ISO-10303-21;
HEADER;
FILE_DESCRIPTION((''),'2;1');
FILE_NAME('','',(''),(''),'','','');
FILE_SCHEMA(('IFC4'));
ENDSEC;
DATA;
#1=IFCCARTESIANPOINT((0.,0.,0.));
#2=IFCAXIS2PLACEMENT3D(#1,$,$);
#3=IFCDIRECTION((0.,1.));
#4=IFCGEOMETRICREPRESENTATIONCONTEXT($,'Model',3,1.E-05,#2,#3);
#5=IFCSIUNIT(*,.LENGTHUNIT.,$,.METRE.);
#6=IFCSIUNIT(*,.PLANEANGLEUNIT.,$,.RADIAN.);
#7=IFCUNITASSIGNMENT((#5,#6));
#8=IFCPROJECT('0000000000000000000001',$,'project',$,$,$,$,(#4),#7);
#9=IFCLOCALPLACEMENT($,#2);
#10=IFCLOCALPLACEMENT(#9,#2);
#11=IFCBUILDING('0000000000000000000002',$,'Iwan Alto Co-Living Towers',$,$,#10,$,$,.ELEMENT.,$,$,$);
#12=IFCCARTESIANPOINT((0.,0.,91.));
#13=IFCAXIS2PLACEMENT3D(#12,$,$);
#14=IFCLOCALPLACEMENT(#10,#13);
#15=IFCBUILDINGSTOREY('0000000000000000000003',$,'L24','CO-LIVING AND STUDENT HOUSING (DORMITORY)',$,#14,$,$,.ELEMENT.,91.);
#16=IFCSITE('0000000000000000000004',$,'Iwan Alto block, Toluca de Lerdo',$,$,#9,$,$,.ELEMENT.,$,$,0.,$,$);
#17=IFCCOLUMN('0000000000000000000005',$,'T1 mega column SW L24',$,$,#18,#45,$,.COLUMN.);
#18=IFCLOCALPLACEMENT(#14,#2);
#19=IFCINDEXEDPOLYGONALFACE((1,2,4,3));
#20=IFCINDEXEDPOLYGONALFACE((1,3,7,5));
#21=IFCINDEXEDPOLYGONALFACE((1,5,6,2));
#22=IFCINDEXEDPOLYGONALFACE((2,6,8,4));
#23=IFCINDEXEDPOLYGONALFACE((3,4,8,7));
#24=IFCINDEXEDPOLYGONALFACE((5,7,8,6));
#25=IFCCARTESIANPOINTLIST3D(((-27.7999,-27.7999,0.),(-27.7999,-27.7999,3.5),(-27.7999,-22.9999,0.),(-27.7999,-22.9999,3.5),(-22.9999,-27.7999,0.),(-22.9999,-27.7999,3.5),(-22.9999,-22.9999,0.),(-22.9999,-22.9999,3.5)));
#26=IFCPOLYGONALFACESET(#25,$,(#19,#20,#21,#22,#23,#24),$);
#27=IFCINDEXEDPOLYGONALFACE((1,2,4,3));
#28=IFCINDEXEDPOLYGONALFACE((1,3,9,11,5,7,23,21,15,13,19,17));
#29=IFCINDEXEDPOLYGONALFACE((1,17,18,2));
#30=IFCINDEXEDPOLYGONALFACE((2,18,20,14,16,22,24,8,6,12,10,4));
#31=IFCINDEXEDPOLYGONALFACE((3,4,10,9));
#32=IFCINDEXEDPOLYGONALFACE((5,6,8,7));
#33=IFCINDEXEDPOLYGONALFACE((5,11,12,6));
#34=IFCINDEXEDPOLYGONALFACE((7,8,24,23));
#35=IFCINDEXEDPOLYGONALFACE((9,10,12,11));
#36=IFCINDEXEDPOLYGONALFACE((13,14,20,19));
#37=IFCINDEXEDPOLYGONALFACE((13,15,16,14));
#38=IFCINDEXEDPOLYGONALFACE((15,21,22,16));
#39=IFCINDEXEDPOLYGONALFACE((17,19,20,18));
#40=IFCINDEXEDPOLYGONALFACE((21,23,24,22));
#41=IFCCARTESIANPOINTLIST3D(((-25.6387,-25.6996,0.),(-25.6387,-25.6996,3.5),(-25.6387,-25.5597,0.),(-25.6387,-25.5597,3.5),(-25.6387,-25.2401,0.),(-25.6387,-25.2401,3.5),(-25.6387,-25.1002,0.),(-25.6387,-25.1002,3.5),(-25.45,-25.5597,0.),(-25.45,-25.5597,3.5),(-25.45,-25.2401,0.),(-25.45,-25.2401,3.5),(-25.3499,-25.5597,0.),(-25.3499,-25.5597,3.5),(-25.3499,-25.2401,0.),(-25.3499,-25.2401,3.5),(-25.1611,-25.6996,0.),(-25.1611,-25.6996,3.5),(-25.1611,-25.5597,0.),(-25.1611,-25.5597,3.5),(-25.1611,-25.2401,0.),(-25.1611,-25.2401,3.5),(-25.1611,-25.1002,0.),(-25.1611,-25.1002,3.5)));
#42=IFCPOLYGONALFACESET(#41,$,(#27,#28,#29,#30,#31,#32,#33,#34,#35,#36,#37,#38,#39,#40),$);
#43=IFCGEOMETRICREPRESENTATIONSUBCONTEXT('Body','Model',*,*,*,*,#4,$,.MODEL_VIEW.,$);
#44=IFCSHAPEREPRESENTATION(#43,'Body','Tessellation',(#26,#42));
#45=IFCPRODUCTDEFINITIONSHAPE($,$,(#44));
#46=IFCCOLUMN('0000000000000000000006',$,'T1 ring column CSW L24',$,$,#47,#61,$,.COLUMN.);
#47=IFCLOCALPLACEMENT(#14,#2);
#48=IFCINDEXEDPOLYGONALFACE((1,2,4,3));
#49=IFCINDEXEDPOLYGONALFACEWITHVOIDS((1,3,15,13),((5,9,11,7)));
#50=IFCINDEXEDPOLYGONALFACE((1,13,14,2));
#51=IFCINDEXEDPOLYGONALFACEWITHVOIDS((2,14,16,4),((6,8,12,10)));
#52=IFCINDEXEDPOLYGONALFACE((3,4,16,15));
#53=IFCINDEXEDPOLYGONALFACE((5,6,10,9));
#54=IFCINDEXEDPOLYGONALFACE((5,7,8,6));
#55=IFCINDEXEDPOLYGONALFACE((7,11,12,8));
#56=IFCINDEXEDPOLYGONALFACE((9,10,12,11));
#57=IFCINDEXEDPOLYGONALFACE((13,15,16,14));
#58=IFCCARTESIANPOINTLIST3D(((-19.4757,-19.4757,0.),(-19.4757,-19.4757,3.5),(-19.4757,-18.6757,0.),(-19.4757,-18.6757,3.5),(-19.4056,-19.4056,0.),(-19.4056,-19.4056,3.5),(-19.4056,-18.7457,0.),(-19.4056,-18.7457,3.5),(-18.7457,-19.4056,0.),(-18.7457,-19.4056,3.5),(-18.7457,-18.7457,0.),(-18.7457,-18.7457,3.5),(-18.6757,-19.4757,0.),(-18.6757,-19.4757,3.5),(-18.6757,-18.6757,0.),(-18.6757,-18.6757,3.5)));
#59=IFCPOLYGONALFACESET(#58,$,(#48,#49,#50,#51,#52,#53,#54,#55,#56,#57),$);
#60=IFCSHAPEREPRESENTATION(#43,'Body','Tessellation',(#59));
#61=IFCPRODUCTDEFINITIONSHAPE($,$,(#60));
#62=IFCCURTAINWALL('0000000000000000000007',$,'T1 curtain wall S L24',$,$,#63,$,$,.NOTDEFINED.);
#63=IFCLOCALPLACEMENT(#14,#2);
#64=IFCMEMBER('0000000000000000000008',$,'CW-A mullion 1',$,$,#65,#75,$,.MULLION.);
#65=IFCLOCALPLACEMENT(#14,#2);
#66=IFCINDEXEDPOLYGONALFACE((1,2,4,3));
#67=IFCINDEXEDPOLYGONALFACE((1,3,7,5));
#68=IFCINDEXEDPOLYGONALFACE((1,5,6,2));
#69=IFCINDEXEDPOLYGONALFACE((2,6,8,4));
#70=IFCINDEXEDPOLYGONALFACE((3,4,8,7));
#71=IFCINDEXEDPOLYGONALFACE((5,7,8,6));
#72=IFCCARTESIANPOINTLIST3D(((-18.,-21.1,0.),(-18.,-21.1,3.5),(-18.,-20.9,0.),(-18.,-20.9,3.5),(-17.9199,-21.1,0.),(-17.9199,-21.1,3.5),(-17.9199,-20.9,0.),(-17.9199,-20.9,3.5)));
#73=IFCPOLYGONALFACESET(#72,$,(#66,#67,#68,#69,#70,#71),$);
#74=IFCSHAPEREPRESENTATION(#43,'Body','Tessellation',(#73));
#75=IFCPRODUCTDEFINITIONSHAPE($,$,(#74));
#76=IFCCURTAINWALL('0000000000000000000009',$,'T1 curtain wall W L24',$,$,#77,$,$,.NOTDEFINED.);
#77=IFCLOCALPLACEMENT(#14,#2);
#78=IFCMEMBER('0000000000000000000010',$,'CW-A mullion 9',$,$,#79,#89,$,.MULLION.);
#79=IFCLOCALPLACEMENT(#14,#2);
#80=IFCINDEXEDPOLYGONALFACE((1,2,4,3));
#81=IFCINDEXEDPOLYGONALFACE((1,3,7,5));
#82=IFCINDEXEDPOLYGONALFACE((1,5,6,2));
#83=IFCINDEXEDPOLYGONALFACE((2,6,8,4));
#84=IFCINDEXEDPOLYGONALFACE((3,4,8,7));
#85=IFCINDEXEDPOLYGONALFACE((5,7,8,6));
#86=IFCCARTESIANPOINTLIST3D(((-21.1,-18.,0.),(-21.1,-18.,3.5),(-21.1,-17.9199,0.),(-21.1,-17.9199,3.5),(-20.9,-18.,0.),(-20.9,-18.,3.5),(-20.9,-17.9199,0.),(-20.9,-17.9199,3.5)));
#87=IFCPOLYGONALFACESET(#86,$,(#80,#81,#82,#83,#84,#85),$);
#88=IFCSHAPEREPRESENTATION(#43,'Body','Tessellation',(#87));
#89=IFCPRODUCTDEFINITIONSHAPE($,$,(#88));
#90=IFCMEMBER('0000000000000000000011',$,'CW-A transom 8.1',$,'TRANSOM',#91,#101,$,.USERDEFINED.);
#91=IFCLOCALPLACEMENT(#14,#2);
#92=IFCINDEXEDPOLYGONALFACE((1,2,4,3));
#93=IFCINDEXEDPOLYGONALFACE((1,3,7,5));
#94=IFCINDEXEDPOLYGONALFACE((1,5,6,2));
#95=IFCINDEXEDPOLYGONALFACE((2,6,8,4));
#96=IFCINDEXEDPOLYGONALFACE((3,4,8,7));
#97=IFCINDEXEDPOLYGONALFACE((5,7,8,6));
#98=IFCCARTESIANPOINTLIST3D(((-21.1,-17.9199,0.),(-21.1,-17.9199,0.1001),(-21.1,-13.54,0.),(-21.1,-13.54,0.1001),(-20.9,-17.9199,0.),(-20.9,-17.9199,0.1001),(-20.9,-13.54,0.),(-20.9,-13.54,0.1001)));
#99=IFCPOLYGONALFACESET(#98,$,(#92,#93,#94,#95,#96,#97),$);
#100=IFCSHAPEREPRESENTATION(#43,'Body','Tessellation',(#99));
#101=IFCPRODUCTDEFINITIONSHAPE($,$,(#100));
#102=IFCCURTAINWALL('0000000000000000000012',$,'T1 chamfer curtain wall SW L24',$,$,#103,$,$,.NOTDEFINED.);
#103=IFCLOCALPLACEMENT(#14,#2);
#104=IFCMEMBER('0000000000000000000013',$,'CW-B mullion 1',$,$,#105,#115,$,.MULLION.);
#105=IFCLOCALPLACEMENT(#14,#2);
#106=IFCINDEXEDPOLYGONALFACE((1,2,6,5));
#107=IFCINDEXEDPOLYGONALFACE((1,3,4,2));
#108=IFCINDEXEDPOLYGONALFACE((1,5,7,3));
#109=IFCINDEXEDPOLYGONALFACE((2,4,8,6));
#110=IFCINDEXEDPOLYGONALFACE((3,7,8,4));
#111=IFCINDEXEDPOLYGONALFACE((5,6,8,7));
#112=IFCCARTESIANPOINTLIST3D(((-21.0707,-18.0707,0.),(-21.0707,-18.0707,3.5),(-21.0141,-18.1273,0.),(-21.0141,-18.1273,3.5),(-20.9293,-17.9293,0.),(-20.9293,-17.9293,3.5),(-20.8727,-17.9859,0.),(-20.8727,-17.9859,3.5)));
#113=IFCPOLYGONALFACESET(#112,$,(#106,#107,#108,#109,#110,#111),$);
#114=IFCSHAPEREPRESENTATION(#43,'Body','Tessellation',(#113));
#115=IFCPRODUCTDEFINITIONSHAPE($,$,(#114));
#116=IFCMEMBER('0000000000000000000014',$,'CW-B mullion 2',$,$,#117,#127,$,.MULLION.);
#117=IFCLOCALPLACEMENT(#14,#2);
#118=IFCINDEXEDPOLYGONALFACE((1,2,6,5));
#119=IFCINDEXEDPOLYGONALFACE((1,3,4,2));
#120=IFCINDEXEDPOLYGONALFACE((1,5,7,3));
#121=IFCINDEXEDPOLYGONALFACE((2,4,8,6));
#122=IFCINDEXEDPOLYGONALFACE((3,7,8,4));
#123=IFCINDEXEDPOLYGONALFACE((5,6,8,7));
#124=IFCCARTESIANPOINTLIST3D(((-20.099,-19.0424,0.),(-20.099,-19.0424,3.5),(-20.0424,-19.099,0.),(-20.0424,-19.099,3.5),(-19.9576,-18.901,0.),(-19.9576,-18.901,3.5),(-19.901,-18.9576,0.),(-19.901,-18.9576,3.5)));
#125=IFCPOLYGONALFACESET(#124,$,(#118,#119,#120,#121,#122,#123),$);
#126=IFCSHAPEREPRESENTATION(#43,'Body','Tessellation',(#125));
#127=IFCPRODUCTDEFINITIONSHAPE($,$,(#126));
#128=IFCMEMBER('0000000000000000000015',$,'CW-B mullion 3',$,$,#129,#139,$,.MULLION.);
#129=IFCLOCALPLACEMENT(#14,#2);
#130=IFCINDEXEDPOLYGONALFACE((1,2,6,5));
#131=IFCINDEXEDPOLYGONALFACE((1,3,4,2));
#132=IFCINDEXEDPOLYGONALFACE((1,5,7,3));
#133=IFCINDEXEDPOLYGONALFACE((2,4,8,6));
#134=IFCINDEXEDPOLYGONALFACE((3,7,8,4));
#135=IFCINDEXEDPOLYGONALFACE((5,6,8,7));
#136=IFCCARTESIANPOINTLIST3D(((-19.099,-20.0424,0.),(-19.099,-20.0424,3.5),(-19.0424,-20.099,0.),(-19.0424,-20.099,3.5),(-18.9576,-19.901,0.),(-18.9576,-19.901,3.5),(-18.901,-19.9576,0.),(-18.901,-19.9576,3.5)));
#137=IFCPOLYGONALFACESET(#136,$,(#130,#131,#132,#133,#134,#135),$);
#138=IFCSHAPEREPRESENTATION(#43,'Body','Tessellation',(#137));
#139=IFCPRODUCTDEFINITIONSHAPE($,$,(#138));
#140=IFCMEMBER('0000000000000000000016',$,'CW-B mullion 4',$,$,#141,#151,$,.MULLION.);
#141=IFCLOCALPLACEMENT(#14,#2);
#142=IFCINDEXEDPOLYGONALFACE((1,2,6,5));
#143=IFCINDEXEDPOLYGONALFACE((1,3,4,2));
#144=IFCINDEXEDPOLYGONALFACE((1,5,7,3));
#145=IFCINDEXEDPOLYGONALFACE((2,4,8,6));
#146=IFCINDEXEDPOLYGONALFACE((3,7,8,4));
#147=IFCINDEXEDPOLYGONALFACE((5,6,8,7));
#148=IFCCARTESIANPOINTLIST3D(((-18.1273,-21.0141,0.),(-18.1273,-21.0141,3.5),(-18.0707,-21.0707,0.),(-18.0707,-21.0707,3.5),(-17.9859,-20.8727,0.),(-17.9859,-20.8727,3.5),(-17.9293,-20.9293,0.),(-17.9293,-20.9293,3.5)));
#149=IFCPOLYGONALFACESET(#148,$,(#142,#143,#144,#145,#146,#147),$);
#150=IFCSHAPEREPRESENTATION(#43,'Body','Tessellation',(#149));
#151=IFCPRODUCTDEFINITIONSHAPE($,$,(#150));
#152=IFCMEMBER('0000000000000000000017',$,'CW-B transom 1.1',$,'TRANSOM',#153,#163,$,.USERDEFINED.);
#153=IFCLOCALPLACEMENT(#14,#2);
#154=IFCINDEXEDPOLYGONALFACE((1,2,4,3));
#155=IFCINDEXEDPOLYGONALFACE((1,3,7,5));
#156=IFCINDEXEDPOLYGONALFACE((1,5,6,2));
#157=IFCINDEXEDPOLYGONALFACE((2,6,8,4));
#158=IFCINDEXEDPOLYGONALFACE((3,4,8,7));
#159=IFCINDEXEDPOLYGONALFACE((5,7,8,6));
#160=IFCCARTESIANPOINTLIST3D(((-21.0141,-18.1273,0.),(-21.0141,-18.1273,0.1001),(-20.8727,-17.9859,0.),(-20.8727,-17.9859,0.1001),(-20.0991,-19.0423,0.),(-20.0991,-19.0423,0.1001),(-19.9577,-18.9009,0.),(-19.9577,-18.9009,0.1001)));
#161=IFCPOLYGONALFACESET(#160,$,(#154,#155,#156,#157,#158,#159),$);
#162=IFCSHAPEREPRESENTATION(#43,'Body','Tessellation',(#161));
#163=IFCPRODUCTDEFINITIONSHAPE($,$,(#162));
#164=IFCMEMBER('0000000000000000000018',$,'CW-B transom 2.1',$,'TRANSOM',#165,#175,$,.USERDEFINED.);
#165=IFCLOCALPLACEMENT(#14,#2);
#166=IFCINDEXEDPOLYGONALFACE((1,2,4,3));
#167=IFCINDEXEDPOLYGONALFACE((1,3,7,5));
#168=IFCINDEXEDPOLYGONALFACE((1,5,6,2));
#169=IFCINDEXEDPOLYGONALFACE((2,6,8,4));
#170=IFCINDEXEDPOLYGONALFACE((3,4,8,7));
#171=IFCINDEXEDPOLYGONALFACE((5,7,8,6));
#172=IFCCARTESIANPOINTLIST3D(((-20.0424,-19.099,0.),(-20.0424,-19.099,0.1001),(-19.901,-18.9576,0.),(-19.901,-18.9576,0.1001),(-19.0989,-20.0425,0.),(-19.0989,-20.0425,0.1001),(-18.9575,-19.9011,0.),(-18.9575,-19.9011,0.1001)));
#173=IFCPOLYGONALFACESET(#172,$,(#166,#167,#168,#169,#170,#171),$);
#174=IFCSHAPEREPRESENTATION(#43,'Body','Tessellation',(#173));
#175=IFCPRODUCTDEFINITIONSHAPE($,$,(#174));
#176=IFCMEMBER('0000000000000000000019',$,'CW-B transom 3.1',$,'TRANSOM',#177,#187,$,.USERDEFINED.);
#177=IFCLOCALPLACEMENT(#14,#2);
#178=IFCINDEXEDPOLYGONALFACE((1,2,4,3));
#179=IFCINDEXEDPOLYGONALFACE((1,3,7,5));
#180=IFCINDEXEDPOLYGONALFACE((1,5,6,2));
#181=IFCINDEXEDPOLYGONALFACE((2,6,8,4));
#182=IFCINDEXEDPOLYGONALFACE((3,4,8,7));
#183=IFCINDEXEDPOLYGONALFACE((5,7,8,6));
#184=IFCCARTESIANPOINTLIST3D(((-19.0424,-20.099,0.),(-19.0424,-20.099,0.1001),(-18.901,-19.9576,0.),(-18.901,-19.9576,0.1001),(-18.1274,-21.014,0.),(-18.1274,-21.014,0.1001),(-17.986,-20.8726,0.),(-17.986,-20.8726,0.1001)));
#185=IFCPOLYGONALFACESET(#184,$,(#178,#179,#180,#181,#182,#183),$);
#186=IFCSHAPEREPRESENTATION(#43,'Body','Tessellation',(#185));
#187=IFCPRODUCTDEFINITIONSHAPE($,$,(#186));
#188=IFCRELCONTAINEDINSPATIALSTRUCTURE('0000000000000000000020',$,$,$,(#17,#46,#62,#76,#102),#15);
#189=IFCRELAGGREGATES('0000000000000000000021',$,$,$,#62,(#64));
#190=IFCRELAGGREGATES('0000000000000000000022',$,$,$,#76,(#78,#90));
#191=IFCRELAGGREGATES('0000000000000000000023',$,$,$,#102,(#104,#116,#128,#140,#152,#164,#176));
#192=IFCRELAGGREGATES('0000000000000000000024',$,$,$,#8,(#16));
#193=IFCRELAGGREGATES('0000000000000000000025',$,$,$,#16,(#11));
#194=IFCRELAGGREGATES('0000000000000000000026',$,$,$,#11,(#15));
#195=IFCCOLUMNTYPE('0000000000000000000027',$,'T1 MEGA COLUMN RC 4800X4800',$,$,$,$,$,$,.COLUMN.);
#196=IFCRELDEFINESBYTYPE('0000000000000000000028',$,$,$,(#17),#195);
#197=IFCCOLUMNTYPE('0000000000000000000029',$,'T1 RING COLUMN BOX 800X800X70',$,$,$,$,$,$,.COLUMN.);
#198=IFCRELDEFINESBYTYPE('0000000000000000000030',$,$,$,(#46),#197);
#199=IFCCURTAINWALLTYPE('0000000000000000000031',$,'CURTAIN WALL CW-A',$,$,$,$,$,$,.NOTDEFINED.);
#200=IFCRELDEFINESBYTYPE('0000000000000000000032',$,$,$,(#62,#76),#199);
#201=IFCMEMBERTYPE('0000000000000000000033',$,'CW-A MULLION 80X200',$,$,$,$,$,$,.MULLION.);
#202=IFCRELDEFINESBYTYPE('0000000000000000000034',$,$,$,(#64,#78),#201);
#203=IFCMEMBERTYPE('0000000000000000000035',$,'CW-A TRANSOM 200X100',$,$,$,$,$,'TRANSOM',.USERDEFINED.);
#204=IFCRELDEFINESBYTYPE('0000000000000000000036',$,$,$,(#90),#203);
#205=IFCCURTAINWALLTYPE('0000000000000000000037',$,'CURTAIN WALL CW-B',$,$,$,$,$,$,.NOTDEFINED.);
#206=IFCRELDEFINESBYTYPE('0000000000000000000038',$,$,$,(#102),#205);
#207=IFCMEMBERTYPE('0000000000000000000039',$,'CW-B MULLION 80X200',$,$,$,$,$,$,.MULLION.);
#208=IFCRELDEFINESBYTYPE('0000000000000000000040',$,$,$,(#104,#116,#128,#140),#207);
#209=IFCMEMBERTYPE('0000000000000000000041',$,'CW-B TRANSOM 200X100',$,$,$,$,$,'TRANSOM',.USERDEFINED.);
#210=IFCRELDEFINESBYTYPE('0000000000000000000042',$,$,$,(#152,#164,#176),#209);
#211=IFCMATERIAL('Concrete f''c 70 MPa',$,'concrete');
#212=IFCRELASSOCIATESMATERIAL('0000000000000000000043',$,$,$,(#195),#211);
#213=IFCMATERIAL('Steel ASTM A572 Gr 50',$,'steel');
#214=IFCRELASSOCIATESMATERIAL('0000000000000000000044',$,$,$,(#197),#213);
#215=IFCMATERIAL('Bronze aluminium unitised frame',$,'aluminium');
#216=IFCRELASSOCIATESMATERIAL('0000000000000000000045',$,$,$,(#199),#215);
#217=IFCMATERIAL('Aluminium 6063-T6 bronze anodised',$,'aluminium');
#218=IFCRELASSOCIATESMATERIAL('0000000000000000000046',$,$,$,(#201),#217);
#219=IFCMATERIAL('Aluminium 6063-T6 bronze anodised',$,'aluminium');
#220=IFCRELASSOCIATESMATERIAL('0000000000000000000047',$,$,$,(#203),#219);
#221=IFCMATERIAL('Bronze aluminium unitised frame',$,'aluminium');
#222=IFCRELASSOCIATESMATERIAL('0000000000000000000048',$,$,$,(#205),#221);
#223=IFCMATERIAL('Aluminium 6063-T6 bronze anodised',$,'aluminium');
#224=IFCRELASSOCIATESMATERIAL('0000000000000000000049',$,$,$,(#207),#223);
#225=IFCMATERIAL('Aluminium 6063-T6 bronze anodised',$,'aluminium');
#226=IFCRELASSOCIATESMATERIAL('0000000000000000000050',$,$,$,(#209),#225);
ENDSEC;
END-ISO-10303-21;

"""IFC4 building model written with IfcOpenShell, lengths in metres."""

from ifc_helpers import new_model, si_unit, direction, frame, origin, origin_2d, place, context, subcontext, project, spatial, rectangle, hollow_rectangle, i_section, extrude, material, material_profile, profile_set, type_object, element, aggregate, save


model = new_model("IFC4")

# Units and contexts
model_context = context("Model", 3, precision=1e-05, world=origin(), true_north=direction((0.0, 1.0)))
body_context = subcontext(model_context, "Body", "Model", "MODEL_VIEW")
ifc_project = project(units=[si_unit("LENGTHUNIT", "METRE"), si_unit("PLANEANGLEUNIT", "RADIAN")], contexts=[model_context])

# Site, building, storey
site_placement = place(None, origin())
site = spatial("IfcSite", under=ifc_project, at=site_placement, Name="Iwan Alto block, Toluca de Lerdo", CompositionType="ELEMENT", RefElevation=0.0)
building_placement = place(site_placement, origin())
building = spatial("IfcBuilding", under=site, at=building_placement, Name="Iwan Alto Co-Living Towers", CompositionType="ELEMENT")
storey_placement = place(building_placement, frame((0.0, 0.0, 91.0)))
storey = spatial("IfcBuildingStorey", under=building, at=storey_placement, Name="L24", Description="CO-LIVING AND STUDENT HOUSING (DORMITORY)", CompositionType="ELEMENT", Elevation=91.0)

# Columns
ifc_material_1 = material(Name="Concrete f'c 70 MPa", Category="concrete")
ifc_material_profile_1 = material_profile(ifc_material_1, rectangle(XDim=4.8, YDim=4.8, at=origin_2d()), Name="RC 4800X4800")
ifc_profile_set_1 = profile_set([ifc_material_profile_1], Name="Concrete f'c 70 MPa")
column_type_1 = type_object("IfcColumnType", Name="T1 MEGA COLUMN RC 4800X4800", PredefinedType="COLUMN", material=ifc_profile_set_1)
column_1_placement = place(storey_placement, frame((-25.3999, -25.3999, 0.0), z_axis=(0.0, 0.0, 1.0), x_axis=(1.0, 0.0, 0.0)))
element("IfcColumn", 1, at=column_1_placement, inside=storey, type_object=column_type_1, Name="T1 mega column SW L24", PredefinedType="COLUMN", context=body_context, shape_type="SweptSolid", body=[
    extrude(rectangle(XDim=4.8, YDim=4.8, at=origin_2d()), origin(), (0.0, 0.0, 1.0), 3.5),
    extrude(i_section(OverallWidth=0.4775, OverallDepth=0.5994, WebThickness=0.1001, FlangeThickness=0.1399, at=origin_2d()), origin(), (0.0, 0.0, 1.0), 3.5),
])
ifc_material_2 = material(Name="Steel ASTM A572 Gr 50", Category="steel")
ifc_material_profile_2 = material_profile(ifc_material_2, hollow_rectangle(XDim=0.8, YDim=0.8, WallThickness=0.0701, at=origin_2d()), Name="BOX 800X800X70")
ifc_profile_set_2 = profile_set([ifc_material_profile_2], Name="Steel ASTM A572 Gr 50")
column_type_2 = type_object("IfcColumnType", Name="T1 RING COLUMN BOX 800X800X70", PredefinedType="COLUMN", material=ifc_profile_set_2)
column_2_placement = place(storey_placement, frame((-19.0757, -19.0757, 0.0), z_axis=(0.0, 0.0, 1.0), x_axis=(1.0, 0.0, 0.0)))
element("IfcColumn", 2, at=column_2_placement, inside=storey, type_object=column_type_2, Name="T1 ring column CSW L24", PredefinedType="COLUMN", context=body_context, shape_type="SweptSolid", body=[
    extrude(hollow_rectangle(XDim=0.8, YDim=0.8, WallThickness=0.0701, at=origin_2d()), origin(), (0.0, 0.0, 1.0), 3.5),
])

# Curtain wall, member
ifc_material_3 = material(Name="Bronze aluminium unitised frame", Category="aluminium")
curtain_wall_type_1 = type_object("IfcCurtainWallType", Name="CURTAIN WALL CW-A", PredefinedType="NOTDEFINED", material=ifc_material_3)
curtain_wall_1_placement = place(storey_placement, origin())
curtain_wall_1 = element("IfcCurtainWall", 3, at=curtain_wall_1_placement, inside=storey, type_object=curtain_wall_type_1, Name="T1 curtain wall S L24", PredefinedType="NOTDEFINED")
ifc_material_4 = material(Name="Aluminium 6063-T6 bronze anodised", Category="aluminium")
ifc_material_profile_3 = material_profile(ifc_material_4, rectangle(XDim=0.2, YDim=0.0801, at=origin_2d()), Name="AL 80X200")
ifc_profile_set_3 = profile_set([ifc_material_profile_3], Name="Aluminium 6063-T6 bronze anodised")
member_type_1 = type_object("IfcMemberType", Name="CW-A MULLION 80X200", PredefinedType="MULLION", material=ifc_profile_set_3)
member_1_placement = place(storey_placement, frame((-17.96, -21.0, 0.0), z_axis=(0.0, 0.0, 1.0), x_axis=(0.0, 1.0, 0.0)))
member_1 = element("IfcMember", 4, at=member_1_placement, type_object=member_type_1, Name="CW-A mullion 1", PredefinedType="MULLION", context=body_context, shape_type="SweptSolid", body=[
    extrude(rectangle(XDim=0.2, YDim=0.0801, at=origin_2d()), origin(), (0.0, 0.0, 1.0), 3.5),
])
aggregate(curtain_wall_1, [member_1])

# Curtain walls, members
curtain_wall_2_placement = place(storey_placement, origin())
curtain_wall_2 = element("IfcCurtainWall", 5, at=curtain_wall_2_placement, inside=storey, type_object=curtain_wall_type_1, Name="T1 curtain wall W L24", PredefinedType="NOTDEFINED")
member_2_placement = place(storey_placement, frame((-21.0, -17.96, 0.0), z_axis=(0.0, 0.0, 1.0), x_axis=(1.0, 0.0, 0.0)))
member_2 = element("IfcMember", 6, at=member_2_placement, type_object=member_type_1, Name="CW-A mullion 9", PredefinedType="MULLION", context=body_context, shape_type="SweptSolid", body=[
    extrude(rectangle(XDim=0.2, YDim=0.0801, at=origin_2d()), origin(), (0.0, 0.0, 1.0), 3.5),
])
ifc_material_5 = material(Name="Aluminium 6063-T6 bronze anodised", Category="aluminium")
ifc_material_profile_4 = material_profile(ifc_material_5, rectangle(XDim=0.2, YDim=0.1001, at=origin_2d()), Name="AL 200X100")
ifc_profile_set_4 = profile_set([ifc_material_profile_4], Name="Aluminium 6063-T6 bronze anodised")
member_type_2 = type_object("IfcMemberType", Name="CW-A TRANSOM 200X100", ElementType="TRANSOM", PredefinedType="USERDEFINED", material=ifc_profile_set_4)
member_3_placement = place(storey_placement, frame((-21.0, -13.54, 0.05), z_axis=(0.0, -1.0, 0.0), x_axis=(1.0, 0.0, 0.0)))
member_3 = element("IfcMember", 7, at=member_3_placement, type_object=member_type_2, Name="CW-A transom 8.1", ObjectType="TRANSOM", PredefinedType="USERDEFINED", context=body_context, shape_type="SweptSolid", body=[
    extrude(rectangle(XDim=0.2, YDim=0.1001, at=origin_2d()), origin(), (0.0, 0.0, 1.0), 4.3799),
])
ifc_material_6 = material(Name="Bronze aluminium unitised frame", Category="aluminium")
curtain_wall_type_2 = type_object("IfcCurtainWallType", Name="CURTAIN WALL CW-B", PredefinedType="NOTDEFINED", material=ifc_material_6)
curtain_wall_3_placement = place(storey_placement, origin())
curtain_wall_3 = element("IfcCurtainWall", 8, at=curtain_wall_3_placement, inside=storey, type_object=curtain_wall_type_2, Name="T1 chamfer curtain wall SW L24", PredefinedType="NOTDEFINED")
ifc_material_7 = material(Name="Aluminium 6063-T6 bronze anodised", Category="aluminium")
ifc_material_profile_5 = material_profile(ifc_material_7, rectangle(XDim=0.2, YDim=0.0801, at=origin_2d()), Name="AL 80X200")
ifc_profile_set_5 = profile_set([ifc_material_profile_5], Name="Aluminium 6063-T6 bronze anodised")
member_type_3 = type_object("IfcMemberType", Name="CW-B MULLION 80X200", PredefinedType="MULLION", material=ifc_profile_set_5)
member_4_placement = place(storey_placement, frame((-20.9717, -18.0283, 0.0), z_axis=(0.0, 0.0, 1.0), x_axis=(0.707107, 0.707107, 0.0)))
member_4 = element("IfcMember", 9, at=member_4_placement, type_object=member_type_3, Name="CW-B mullion 1", PredefinedType="MULLION", context=body_context, shape_type="SweptSolid", body=[
    extrude(rectangle(XDim=0.2, YDim=0.0801, at=origin_2d()), origin(), (0.0, 0.0, 1.0), 3.5),
])
member_5_placement = place(storey_placement, frame((-20.0, -19.0, 0.0), z_axis=(0.0, 0.0, 1.0), x_axis=(0.707107, 0.707107, 0.0)))
member_5 = element("IfcMember", 10, at=member_5_placement, type_object=member_type_3, Name="CW-B mullion 2", PredefinedType="MULLION", context=body_context, shape_type="SweptSolid", body=[
    extrude(rectangle(XDim=0.2, YDim=0.0801, at=origin_2d()), origin(), (0.0, 0.0, 1.0), 3.5),
])
member_6_placement = place(storey_placement, frame((-19.0, -20.0, 0.0), z_axis=(0.0, 0.0, 1.0), x_axis=(0.707107, 0.707107, 0.0)))
member_6 = element("IfcMember", 11, at=member_6_placement, type_object=member_type_3, Name="CW-B mullion 3", PredefinedType="MULLION", context=body_context, shape_type="SweptSolid", body=[
    extrude(rectangle(XDim=0.2, YDim=0.0801, at=origin_2d()), origin(), (0.0, 0.0, 1.0), 3.5),
])
member_7_placement = place(storey_placement, frame((-18.0283, -20.9717, 0.0), z_axis=(0.0, 0.0, 1.0), x_axis=(0.707107, 0.707107, 0.0)))
member_7 = element("IfcMember", 12, at=member_7_placement, type_object=member_type_3, Name="CW-B mullion 4", PredefinedType="MULLION", context=body_context, shape_type="SweptSolid", body=[
    extrude(rectangle(XDim=0.2, YDim=0.0801, at=origin_2d()), origin(), (0.0, 0.0, 1.0), 3.5),
])
ifc_material_8 = material(Name="Aluminium 6063-T6 bronze anodised", Category="aluminium")
ifc_material_profile_6 = material_profile(ifc_material_8, rectangle(XDim=0.2, YDim=0.1001, at=origin_2d()), Name="AL 200X100")
ifc_profile_set_6 = profile_set([ifc_material_profile_6], Name="Aluminium 6063-T6 bronze anodised")
member_type_4 = type_object("IfcMemberType", Name="CW-B TRANSOM 200X100", ElementType="TRANSOM", PredefinedType="USERDEFINED", material=ifc_profile_set_6)
member_8_placement = place(storey_placement, frame((-20.9434, -18.0566, 0.05), z_axis=(0.707107, -0.707107, 0.0), x_axis=(0.707107, 0.707107, 0.0)))
member_8 = element("IfcMember", 13, at=member_8_placement, type_object=member_type_4, Name="CW-B transom 1.1", ObjectType="TRANSOM", PredefinedType="USERDEFINED", context=body_context, shape_type="SweptSolid", body=[
    extrude(rectangle(XDim=0.2, YDim=0.1001, at=origin_2d()), origin(), (0.0, 0.0, 1.0), 1.2939),
])
member_9_placement = place(storey_placement, frame((-19.9717, -19.0283, 0.05), z_axis=(0.707107, -0.707107, 0.0), x_axis=(0.707107, 0.707107, 0.0)))
member_9 = element("IfcMember", 14, at=member_9_placement, type_object=member_type_4, Name="CW-B transom 2.1", ObjectType="TRANSOM", PredefinedType="USERDEFINED", context=body_context, shape_type="SweptSolid", body=[
    extrude(rectangle(XDim=0.2, YDim=0.1001, at=origin_2d()), origin(), (0.0, 0.0, 1.0), 1.3342),
])
member_10_placement = place(storey_placement, frame((-18.9717, -20.0283, 0.05), z_axis=(0.707107, -0.707107, 0.0), x_axis=(0.707107, 0.707107, 0.0)))
member_10 = element("IfcMember", 15, at=member_10_placement, type_object=member_type_4, Name="CW-B transom 3.1", ObjectType="TRANSOM", PredefinedType="USERDEFINED", context=body_context, shape_type="SweptSolid", body=[
    extrude(rectangle(XDim=0.2, YDim=0.1001, at=origin_2d()), origin(), (0.0, 0.0, 1.0), 1.2939),
])

aggregate(curtain_wall_2, [member_2, member_3])
aggregate(curtain_wall_3, [member_4, member_5, member_6, member_7, member_8, member_9, member_10])

save(model, "model.ifc")
